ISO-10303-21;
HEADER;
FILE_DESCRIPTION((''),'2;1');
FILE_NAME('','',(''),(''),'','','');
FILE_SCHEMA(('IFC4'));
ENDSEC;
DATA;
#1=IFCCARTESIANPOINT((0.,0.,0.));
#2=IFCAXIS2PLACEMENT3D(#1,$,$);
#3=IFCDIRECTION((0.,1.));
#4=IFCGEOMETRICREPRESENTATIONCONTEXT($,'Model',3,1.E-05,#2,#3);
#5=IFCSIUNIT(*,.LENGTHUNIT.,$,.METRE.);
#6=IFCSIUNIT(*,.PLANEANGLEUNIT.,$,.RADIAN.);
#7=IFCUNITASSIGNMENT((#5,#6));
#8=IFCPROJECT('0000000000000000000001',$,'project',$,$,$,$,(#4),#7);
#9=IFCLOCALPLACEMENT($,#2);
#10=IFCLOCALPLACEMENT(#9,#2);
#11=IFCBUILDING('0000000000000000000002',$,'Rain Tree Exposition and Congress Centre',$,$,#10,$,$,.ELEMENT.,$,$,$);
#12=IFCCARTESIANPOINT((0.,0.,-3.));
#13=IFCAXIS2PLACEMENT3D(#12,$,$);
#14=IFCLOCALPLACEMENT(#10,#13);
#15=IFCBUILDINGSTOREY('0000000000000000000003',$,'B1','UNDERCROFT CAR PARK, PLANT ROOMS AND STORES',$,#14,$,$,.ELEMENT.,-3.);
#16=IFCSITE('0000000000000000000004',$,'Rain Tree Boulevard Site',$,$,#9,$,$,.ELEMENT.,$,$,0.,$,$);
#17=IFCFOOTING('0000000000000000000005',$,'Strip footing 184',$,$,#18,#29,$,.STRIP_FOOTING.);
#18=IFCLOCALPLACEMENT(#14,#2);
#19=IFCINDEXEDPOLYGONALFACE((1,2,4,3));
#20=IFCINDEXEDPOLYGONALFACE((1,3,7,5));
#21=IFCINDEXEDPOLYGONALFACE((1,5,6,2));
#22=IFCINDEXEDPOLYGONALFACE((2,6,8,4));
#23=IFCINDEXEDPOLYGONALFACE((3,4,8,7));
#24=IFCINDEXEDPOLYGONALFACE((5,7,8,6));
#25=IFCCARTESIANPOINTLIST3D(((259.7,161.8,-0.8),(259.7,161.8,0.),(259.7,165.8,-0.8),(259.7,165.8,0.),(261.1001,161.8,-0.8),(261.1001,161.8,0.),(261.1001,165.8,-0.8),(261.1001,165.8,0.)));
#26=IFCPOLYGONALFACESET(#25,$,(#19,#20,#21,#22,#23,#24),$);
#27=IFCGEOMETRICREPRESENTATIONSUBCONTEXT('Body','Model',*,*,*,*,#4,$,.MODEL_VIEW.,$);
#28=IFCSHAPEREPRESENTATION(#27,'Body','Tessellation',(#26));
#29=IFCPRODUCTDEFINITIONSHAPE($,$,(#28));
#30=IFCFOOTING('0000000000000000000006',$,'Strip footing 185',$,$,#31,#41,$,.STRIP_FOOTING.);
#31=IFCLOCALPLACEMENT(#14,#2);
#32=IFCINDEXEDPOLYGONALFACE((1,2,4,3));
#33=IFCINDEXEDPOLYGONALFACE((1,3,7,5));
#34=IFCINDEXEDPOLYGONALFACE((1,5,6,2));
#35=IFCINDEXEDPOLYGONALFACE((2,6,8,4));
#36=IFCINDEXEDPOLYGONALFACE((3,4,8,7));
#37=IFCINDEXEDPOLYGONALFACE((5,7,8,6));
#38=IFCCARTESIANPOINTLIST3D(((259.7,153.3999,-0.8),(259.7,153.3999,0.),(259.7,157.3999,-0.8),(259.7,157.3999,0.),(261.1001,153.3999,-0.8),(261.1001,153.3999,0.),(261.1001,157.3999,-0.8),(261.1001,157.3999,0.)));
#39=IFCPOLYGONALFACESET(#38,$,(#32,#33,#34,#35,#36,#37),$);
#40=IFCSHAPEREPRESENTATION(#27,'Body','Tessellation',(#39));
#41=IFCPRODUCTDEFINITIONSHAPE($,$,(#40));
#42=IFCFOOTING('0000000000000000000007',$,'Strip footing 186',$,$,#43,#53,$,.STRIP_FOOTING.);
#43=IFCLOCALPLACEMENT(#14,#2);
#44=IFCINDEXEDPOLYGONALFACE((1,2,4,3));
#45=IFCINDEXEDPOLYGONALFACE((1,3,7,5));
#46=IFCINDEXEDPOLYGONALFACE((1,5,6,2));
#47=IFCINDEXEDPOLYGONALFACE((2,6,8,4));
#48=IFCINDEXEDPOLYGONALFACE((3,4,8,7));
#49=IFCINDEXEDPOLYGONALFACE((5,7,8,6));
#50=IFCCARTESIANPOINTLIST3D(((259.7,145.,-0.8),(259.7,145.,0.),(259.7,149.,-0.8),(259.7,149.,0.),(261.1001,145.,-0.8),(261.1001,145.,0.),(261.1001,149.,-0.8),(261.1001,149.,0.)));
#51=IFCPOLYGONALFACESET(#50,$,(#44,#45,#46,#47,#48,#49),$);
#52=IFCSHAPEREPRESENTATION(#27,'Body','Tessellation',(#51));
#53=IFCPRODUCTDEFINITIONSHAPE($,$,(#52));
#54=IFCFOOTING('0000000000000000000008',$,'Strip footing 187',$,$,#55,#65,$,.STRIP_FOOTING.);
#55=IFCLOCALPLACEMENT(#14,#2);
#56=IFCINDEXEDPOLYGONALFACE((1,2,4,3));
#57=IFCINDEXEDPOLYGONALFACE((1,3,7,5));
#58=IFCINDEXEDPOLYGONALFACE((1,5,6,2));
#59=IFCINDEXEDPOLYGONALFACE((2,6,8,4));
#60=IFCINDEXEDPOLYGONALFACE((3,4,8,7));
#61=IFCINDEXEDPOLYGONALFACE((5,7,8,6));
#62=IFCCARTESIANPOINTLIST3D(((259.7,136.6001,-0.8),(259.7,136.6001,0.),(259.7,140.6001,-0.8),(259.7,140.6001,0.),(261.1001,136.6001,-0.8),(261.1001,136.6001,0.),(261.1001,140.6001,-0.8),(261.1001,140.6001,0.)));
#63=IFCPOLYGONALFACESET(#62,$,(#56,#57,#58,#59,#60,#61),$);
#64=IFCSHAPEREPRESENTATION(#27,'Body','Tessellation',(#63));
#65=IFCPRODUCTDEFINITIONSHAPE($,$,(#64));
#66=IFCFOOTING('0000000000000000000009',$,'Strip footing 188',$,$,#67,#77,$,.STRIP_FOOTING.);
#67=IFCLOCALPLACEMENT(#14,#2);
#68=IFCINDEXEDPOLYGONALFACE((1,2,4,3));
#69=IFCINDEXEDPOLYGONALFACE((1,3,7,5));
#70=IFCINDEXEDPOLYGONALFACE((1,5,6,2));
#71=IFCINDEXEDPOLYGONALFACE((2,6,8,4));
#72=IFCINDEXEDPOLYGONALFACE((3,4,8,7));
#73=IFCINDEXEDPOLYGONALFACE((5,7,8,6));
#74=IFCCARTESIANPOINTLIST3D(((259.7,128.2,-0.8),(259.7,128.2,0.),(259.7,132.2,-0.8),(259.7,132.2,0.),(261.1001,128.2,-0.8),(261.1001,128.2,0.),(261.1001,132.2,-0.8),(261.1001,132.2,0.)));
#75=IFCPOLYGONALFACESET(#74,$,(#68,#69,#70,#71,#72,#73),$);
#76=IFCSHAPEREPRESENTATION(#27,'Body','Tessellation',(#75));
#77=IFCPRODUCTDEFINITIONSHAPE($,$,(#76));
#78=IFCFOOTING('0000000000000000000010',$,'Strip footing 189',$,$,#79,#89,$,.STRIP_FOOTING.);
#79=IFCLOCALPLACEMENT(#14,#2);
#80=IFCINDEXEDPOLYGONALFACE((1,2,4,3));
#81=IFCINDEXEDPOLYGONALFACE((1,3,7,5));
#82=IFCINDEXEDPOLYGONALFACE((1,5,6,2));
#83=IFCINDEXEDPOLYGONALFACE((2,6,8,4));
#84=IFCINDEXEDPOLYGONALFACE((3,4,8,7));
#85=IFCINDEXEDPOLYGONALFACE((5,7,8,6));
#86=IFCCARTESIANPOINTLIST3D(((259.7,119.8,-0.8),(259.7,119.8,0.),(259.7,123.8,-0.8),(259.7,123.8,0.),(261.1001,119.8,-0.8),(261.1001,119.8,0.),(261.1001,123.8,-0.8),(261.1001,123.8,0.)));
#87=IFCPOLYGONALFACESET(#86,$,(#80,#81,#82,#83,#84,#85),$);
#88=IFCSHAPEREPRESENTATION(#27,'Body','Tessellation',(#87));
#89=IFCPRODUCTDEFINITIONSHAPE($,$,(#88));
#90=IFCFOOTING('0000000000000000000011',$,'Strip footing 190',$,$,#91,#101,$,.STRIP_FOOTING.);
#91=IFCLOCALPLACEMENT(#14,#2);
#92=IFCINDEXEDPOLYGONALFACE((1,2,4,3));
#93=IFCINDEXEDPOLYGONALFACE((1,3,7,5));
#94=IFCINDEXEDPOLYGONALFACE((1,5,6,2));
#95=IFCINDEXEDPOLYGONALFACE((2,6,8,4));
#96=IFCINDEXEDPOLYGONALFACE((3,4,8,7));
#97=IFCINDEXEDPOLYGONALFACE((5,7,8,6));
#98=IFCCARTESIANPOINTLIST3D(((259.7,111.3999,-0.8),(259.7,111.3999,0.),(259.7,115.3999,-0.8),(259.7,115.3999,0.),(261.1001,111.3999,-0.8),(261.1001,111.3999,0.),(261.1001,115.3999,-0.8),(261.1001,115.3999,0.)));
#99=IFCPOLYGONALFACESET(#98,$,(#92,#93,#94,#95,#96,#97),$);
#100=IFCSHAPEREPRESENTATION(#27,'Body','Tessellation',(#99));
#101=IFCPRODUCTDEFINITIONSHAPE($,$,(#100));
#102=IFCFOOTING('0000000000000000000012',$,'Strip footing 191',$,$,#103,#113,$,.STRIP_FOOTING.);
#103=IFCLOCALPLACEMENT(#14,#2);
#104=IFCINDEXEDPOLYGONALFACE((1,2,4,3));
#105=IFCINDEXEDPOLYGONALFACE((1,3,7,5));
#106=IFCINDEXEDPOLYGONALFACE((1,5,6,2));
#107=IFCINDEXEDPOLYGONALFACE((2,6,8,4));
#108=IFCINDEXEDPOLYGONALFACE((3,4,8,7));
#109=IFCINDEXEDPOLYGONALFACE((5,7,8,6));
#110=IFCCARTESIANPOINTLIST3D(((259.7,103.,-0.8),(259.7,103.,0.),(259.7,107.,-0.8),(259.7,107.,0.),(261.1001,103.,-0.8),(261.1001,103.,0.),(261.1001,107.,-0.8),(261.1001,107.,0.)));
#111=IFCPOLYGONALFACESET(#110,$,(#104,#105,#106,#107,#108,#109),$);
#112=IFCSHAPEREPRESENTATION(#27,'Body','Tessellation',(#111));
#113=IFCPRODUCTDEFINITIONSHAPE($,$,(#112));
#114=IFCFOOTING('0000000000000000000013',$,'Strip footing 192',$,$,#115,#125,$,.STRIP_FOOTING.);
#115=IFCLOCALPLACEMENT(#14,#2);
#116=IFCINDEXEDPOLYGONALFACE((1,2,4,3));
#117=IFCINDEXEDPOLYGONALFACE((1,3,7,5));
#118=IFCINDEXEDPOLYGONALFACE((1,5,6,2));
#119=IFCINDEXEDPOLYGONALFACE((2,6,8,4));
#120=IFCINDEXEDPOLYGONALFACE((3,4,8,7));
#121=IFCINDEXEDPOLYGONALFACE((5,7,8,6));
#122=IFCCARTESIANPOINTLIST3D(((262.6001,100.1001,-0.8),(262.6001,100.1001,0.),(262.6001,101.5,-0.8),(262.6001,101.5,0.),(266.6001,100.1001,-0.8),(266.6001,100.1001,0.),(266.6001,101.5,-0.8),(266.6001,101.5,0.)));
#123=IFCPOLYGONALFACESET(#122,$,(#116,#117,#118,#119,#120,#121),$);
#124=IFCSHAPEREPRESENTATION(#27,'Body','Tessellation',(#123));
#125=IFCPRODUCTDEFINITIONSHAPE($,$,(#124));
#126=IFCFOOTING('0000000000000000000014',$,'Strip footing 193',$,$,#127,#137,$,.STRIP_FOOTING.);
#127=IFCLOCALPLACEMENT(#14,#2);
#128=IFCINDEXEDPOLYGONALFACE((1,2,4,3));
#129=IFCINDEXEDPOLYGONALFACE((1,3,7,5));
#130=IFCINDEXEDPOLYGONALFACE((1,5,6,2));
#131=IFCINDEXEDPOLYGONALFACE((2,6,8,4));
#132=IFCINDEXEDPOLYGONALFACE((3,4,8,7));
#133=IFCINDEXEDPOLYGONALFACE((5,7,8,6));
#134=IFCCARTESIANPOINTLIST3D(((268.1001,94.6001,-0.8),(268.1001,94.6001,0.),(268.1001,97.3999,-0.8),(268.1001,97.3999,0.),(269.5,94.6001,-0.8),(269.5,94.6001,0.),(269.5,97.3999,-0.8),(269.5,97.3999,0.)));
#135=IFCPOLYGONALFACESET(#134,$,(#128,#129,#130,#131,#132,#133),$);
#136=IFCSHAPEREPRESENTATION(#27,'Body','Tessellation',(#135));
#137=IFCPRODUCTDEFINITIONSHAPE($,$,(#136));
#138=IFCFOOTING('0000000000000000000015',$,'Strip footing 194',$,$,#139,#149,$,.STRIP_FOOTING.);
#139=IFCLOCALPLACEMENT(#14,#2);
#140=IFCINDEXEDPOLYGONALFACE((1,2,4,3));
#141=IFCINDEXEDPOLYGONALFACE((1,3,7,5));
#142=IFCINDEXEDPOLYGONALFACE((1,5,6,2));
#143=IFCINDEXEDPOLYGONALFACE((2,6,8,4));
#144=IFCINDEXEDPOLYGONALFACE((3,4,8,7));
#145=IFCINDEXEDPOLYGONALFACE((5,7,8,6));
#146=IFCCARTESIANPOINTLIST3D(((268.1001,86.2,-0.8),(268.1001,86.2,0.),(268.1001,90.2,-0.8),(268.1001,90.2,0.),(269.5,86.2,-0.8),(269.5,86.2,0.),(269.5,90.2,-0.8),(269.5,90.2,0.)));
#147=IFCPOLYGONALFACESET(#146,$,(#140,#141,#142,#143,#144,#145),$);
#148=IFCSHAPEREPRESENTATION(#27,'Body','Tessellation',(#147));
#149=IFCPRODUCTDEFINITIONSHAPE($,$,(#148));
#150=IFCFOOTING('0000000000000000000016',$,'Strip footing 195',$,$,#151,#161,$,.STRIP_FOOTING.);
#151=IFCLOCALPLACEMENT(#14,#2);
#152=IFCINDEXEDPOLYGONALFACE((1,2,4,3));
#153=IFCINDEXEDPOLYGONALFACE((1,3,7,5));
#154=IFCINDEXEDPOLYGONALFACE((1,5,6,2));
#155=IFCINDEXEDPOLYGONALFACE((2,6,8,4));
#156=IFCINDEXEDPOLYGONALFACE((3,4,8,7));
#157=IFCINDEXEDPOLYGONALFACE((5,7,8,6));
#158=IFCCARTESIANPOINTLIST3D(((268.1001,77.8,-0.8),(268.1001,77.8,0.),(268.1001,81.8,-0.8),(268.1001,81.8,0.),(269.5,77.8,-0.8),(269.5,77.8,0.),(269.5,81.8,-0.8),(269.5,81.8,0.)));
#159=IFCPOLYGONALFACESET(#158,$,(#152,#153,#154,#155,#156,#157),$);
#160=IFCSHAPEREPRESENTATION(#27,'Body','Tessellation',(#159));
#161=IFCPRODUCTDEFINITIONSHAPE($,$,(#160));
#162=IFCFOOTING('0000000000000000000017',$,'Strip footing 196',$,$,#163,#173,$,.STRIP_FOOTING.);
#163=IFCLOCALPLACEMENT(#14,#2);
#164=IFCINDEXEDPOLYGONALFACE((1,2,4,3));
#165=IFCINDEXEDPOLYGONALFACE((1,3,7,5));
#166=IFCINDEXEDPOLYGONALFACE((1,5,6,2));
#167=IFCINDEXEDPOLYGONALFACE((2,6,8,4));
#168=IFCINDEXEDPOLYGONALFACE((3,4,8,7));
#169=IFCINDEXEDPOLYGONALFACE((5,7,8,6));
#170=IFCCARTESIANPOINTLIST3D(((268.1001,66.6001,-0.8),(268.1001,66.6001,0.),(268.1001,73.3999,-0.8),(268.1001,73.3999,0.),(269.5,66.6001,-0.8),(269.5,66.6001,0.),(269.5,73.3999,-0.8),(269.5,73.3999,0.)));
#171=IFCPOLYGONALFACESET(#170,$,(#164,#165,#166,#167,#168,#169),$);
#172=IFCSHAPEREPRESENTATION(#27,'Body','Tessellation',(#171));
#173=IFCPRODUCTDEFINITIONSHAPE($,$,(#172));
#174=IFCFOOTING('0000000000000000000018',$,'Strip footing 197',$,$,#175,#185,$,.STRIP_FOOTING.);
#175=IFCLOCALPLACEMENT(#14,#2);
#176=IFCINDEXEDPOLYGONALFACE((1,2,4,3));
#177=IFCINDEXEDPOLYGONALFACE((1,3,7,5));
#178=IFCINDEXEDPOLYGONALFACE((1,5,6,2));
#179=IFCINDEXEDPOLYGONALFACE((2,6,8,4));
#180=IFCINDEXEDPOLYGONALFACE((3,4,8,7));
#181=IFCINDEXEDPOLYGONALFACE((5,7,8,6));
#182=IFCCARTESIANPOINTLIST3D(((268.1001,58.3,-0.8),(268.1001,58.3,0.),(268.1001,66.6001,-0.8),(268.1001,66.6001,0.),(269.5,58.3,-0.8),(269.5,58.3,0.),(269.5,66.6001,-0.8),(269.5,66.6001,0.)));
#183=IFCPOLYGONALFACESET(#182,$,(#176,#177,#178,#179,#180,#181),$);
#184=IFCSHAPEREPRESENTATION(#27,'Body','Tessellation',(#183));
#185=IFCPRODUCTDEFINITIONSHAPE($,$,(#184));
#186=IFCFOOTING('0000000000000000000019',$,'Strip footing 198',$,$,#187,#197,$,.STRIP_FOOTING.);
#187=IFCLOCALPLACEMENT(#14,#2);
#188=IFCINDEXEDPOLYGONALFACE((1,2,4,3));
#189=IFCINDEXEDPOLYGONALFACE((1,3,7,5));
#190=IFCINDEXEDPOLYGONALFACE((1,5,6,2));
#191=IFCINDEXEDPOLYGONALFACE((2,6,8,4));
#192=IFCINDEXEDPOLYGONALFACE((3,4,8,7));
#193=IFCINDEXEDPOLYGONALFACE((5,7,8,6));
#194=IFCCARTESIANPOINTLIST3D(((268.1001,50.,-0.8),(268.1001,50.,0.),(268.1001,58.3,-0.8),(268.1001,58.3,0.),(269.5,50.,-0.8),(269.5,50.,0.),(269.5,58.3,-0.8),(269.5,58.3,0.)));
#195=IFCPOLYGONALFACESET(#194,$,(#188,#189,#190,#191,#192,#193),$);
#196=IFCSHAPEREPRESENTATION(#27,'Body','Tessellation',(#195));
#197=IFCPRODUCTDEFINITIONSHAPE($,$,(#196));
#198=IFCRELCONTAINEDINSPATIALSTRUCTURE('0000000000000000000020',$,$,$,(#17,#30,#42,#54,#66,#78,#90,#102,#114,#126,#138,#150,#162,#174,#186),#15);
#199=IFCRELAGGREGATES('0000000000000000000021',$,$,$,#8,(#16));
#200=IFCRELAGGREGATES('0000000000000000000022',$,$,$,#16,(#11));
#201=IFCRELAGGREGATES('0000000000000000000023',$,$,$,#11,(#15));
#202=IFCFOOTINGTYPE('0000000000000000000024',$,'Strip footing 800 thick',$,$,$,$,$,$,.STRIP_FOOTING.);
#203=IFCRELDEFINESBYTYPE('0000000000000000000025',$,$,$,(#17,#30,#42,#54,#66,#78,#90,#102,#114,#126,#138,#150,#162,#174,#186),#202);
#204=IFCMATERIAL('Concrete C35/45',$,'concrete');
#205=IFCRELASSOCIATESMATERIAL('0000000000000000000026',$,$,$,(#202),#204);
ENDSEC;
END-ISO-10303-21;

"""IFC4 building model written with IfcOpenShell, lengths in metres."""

from ifc_helpers import new_model, si_unit, direction, frame, origin, place, context, subcontext, project, spatial, polyline, outline, extrude, material, type_object, element, save


model = new_model("IFC4")

# Units and contexts
model_context = context("Model", 3, precision=1e-05, world=origin(), true_north=direction((0.0, 1.0)))
body_context = subcontext(model_context, "Body", "Model", "MODEL_VIEW")
ifc_project = project(units=[si_unit("LENGTHUNIT", "METRE"), si_unit("PLANEANGLEUNIT", "RADIAN")], contexts=[model_context])

# Site, building, storey
site_placement = place(None, origin())
site = spatial("IfcSite", under=ifc_project, at=site_placement, Name="Rain Tree Boulevard Site", CompositionType="ELEMENT", RefElevation=0.0)
building_placement = place(site_placement, origin())
building = spatial("IfcBuilding", under=site, at=building_placement, Name="Rain Tree Exposition and Congress Centre", CompositionType="ELEMENT")
storey_placement = place(building_placement, frame((0.0, 0.0, -3.0)))
storey = spatial("IfcBuildingStorey", under=building, at=storey_placement, Name="B1", Description="UNDERCROFT CAR PARK, PLANT ROOMS AND STORES", CompositionType="ELEMENT", Elevation=-3.0)

# Footings
ifc_material_1 = material(Name="Concrete C35/45", Category="concrete")
footing_type = type_object("IfcFootingType", Name="Strip footing 800 thick", PredefinedType="STRIP_FOOTING", material=ifc_material_1)
footing_1_placement = place(storey_placement, frame((0.0, 0.0, -0.8)))
element("IfcFooting", 1, at=footing_1_placement, inside=storey, type_object=footing_type, Name="Strip footing 184", PredefinedType="STRIP_FOOTING", context=body_context, shape_type="SweptSolid", body=[
    extrude(outline(polyline([(261.1001, 165.8), (259.7, 165.8), (259.7, 161.8), (261.1001, 161.8), (261.1001, 165.8)])), origin(), (0.0, 0.0, 1.0), 0.8),
])
footing_2_placement = place(storey_placement, frame((0.0, 0.0, -0.8)))
element("IfcFooting", 2, at=footing_2_placement, inside=storey, type_object=footing_type, Name="Strip footing 185", PredefinedType="STRIP_FOOTING", context=body_context, shape_type="SweptSolid", body=[
    extrude(outline(polyline([(261.1001, 157.3999), (259.7, 157.3999), (259.7, 153.3999), (261.1001, 153.3999), (261.1001, 157.3999)])), origin(), (0.0, 0.0, 1.0), 0.8),
])
footing_3_placement = place(storey_placement, frame((0.0, 0.0, -0.8)))
element("IfcFooting", 3, at=footing_3_placement, inside=storey, type_object=footing_type, Name="Strip footing 186", PredefinedType="STRIP_FOOTING", context=body_context, shape_type="SweptSolid", body=[
    extrude(outline(polyline([(261.1001, 149.0), (259.7, 149.0), (259.7, 145.0), (261.1001, 145.0), (261.1001, 149.0)])), origin(), (0.0, 0.0, 1.0), 0.8),
])
footing_4_placement = place(storey_placement, frame((0.0, 0.0, -0.8)))
element("IfcFooting", 4, at=footing_4_placement, inside=storey, type_object=footing_type, Name="Strip footing 187", PredefinedType="STRIP_FOOTING", context=body_context, shape_type="SweptSolid", body=[
    extrude(outline(polyline([(261.1001, 140.6001), (259.7, 140.6001), (259.7, 136.6001), (261.1001, 136.6001), (261.1001, 140.6001)])), origin(), (0.0, 0.0, 1.0), 0.8),
])
footing_5_placement = place(storey_placement, frame((0.0, 0.0, -0.8)))
element("IfcFooting", 5, at=footing_5_placement, inside=storey, type_object=footing_type, Name="Strip footing 188", PredefinedType="STRIP_FOOTING", context=body_context, shape_type="SweptSolid", body=[
    extrude(outline(polyline([(261.1001, 132.2), (259.7, 132.2), (259.7, 128.2), (261.1001, 128.2), (261.1001, 132.2)])), origin(), (0.0, 0.0, 1.0), 0.8),
])
footing_6_placement = place(storey_placement, frame((0.0, 0.0, -0.8)))
element("IfcFooting", 6, at=footing_6_placement, inside=storey, type_object=footing_type, Name="Strip footing 189", PredefinedType="STRIP_FOOTING", context=body_context, shape_type="SweptSolid", body=[
    extrude(outline(polyline([(261.1001, 123.8), (259.7, 123.8), (259.7, 119.8), (261.1001, 119.8), (261.1001, 123.8)])), origin(), (0.0, 0.0, 1.0), 0.8),
])
footing_7_placement = place(storey_placement, frame((0.0, 0.0, -0.8)))
element("IfcFooting", 7, at=footing_7_placement, inside=storey, type_object=footing_type, Name="Strip footing 190", PredefinedType="STRIP_FOOTING", context=body_context, shape_type="SweptSolid", body=[
    extrude(outline(polyline([(261.1001, 115.3999), (259.7, 115.3999), (259.7, 111.3999), (261.1001, 111.3999), (261.1001, 115.3999)])), origin(), (0.0, 0.0, 1.0), 0.8),
])
footing_8_placement = place(storey_placement, frame((0.0, 0.0, -0.8)))
element("IfcFooting", 8, at=footing_8_placement, inside=storey, type_object=footing_type, Name="Strip footing 191", PredefinedType="STRIP_FOOTING", context=body_context, shape_type="SweptSolid", body=[
    extrude(outline(polyline([(261.1001, 107.0), (259.7, 107.0), (259.7, 103.0), (261.1001, 103.0), (261.1001, 107.0)])), origin(), (0.0, 0.0, 1.0), 0.8),
])
footing_9_placement = place(storey_placement, frame((0.0, 0.0, -0.8)))
element("IfcFooting", 9, at=footing_9_placement, inside=storey, type_object=footing_type, Name="Strip footing 192", PredefinedType="STRIP_FOOTING", context=body_context, shape_type="SweptSolid", body=[
    extrude(outline(polyline([(262.6001, 101.5), (262.6001, 100.1001), (266.6001, 100.1001), (266.6001, 101.5), (262.6001, 101.5)])), origin(), (0.0, 0.0, 1.0), 0.8),
])
footing_10_placement = place(storey_placement, frame((0.0, 0.0, -0.8)))
element("IfcFooting", 10, at=footing_10_placement, inside=storey, type_object=footing_type, Name="Strip footing 193", PredefinedType="STRIP_FOOTING", context=body_context, shape_type="SweptSolid", body=[
    extrude(outline(polyline([(269.5, 97.3999), (268.1001, 97.3999), (268.1001, 94.6001), (269.5, 94.6001), (269.5, 97.3999)])), origin(), (0.0, 0.0, 1.0), 0.8),
])
footing_11_placement = place(storey_placement, frame((0.0, 0.0, -0.8)))
element("IfcFooting", 11, at=footing_11_placement, inside=storey, type_object=footing_type, Name="Strip footing 194", PredefinedType="STRIP_FOOTING", context=body_context, shape_type="SweptSolid", body=[
    extrude(outline(polyline([(269.5, 90.2), (268.1001, 90.2), (268.1001, 86.2), (269.5, 86.2), (269.5, 90.2)])), origin(), (0.0, 0.0, 1.0), 0.8),
])
footing_12_placement = place(storey_placement, frame((0.0, 0.0, -0.8)))
element("IfcFooting", 12, at=footing_12_placement, inside=storey, type_object=footing_type, Name="Strip footing 195", PredefinedType="STRIP_FOOTING", context=body_context, shape_type="SweptSolid", body=[
    extrude(outline(polyline([(269.5, 81.8), (268.1001, 81.8), (268.1001, 77.8), (269.5, 77.8), (269.5, 81.8)])), origin(), (0.0, 0.0, 1.0), 0.8),
])
footing_13_placement = place(storey_placement, frame((0.0, 0.0, -0.8)))
element("IfcFooting", 13, at=footing_13_placement, inside=storey, type_object=footing_type, Name="Strip footing 196", PredefinedType="STRIP_FOOTING", context=body_context, shape_type="SweptSolid", body=[
    extrude(outline(polyline([(268.1001, 73.3999), (268.1001, 66.6001), (269.5, 66.6001), (269.5, 73.3999), (268.1001, 73.3999)])), origin(), (0.0, 0.0, 1.0), 0.8),
])
footing_14_placement = place(storey_placement, frame((0.0, 0.0, -0.8)))
element("IfcFooting", 14, at=footing_14_placement, inside=storey, type_object=footing_type, Name="Strip footing 197", PredefinedType="STRIP_FOOTING", context=body_context, shape_type="SweptSolid", body=[
    extrude(outline(polyline([(268.1001, 66.6001), (268.1001, 58.3), (269.5, 58.3), (269.5, 66.6001), (268.1001, 66.6001)])), origin(), (0.0, 0.0, 1.0), 0.8),
])
footing_15_placement = place(storey_placement, frame((0.0, 0.0, -0.8)))
element("IfcFooting", 15, at=footing_15_placement, inside=storey, type_object=footing_type, Name="Strip footing 198", PredefinedType="STRIP_FOOTING", context=body_context, shape_type="SweptSolid", body=[
    extrude(outline(polyline([(268.1001, 58.3), (268.1001, 50.0), (269.5, 50.0), (269.5, 58.3), (268.1001, 58.3)])), origin(), (0.0, 0.0, 1.0), 0.8),
])

save(model, "model.ifc")
